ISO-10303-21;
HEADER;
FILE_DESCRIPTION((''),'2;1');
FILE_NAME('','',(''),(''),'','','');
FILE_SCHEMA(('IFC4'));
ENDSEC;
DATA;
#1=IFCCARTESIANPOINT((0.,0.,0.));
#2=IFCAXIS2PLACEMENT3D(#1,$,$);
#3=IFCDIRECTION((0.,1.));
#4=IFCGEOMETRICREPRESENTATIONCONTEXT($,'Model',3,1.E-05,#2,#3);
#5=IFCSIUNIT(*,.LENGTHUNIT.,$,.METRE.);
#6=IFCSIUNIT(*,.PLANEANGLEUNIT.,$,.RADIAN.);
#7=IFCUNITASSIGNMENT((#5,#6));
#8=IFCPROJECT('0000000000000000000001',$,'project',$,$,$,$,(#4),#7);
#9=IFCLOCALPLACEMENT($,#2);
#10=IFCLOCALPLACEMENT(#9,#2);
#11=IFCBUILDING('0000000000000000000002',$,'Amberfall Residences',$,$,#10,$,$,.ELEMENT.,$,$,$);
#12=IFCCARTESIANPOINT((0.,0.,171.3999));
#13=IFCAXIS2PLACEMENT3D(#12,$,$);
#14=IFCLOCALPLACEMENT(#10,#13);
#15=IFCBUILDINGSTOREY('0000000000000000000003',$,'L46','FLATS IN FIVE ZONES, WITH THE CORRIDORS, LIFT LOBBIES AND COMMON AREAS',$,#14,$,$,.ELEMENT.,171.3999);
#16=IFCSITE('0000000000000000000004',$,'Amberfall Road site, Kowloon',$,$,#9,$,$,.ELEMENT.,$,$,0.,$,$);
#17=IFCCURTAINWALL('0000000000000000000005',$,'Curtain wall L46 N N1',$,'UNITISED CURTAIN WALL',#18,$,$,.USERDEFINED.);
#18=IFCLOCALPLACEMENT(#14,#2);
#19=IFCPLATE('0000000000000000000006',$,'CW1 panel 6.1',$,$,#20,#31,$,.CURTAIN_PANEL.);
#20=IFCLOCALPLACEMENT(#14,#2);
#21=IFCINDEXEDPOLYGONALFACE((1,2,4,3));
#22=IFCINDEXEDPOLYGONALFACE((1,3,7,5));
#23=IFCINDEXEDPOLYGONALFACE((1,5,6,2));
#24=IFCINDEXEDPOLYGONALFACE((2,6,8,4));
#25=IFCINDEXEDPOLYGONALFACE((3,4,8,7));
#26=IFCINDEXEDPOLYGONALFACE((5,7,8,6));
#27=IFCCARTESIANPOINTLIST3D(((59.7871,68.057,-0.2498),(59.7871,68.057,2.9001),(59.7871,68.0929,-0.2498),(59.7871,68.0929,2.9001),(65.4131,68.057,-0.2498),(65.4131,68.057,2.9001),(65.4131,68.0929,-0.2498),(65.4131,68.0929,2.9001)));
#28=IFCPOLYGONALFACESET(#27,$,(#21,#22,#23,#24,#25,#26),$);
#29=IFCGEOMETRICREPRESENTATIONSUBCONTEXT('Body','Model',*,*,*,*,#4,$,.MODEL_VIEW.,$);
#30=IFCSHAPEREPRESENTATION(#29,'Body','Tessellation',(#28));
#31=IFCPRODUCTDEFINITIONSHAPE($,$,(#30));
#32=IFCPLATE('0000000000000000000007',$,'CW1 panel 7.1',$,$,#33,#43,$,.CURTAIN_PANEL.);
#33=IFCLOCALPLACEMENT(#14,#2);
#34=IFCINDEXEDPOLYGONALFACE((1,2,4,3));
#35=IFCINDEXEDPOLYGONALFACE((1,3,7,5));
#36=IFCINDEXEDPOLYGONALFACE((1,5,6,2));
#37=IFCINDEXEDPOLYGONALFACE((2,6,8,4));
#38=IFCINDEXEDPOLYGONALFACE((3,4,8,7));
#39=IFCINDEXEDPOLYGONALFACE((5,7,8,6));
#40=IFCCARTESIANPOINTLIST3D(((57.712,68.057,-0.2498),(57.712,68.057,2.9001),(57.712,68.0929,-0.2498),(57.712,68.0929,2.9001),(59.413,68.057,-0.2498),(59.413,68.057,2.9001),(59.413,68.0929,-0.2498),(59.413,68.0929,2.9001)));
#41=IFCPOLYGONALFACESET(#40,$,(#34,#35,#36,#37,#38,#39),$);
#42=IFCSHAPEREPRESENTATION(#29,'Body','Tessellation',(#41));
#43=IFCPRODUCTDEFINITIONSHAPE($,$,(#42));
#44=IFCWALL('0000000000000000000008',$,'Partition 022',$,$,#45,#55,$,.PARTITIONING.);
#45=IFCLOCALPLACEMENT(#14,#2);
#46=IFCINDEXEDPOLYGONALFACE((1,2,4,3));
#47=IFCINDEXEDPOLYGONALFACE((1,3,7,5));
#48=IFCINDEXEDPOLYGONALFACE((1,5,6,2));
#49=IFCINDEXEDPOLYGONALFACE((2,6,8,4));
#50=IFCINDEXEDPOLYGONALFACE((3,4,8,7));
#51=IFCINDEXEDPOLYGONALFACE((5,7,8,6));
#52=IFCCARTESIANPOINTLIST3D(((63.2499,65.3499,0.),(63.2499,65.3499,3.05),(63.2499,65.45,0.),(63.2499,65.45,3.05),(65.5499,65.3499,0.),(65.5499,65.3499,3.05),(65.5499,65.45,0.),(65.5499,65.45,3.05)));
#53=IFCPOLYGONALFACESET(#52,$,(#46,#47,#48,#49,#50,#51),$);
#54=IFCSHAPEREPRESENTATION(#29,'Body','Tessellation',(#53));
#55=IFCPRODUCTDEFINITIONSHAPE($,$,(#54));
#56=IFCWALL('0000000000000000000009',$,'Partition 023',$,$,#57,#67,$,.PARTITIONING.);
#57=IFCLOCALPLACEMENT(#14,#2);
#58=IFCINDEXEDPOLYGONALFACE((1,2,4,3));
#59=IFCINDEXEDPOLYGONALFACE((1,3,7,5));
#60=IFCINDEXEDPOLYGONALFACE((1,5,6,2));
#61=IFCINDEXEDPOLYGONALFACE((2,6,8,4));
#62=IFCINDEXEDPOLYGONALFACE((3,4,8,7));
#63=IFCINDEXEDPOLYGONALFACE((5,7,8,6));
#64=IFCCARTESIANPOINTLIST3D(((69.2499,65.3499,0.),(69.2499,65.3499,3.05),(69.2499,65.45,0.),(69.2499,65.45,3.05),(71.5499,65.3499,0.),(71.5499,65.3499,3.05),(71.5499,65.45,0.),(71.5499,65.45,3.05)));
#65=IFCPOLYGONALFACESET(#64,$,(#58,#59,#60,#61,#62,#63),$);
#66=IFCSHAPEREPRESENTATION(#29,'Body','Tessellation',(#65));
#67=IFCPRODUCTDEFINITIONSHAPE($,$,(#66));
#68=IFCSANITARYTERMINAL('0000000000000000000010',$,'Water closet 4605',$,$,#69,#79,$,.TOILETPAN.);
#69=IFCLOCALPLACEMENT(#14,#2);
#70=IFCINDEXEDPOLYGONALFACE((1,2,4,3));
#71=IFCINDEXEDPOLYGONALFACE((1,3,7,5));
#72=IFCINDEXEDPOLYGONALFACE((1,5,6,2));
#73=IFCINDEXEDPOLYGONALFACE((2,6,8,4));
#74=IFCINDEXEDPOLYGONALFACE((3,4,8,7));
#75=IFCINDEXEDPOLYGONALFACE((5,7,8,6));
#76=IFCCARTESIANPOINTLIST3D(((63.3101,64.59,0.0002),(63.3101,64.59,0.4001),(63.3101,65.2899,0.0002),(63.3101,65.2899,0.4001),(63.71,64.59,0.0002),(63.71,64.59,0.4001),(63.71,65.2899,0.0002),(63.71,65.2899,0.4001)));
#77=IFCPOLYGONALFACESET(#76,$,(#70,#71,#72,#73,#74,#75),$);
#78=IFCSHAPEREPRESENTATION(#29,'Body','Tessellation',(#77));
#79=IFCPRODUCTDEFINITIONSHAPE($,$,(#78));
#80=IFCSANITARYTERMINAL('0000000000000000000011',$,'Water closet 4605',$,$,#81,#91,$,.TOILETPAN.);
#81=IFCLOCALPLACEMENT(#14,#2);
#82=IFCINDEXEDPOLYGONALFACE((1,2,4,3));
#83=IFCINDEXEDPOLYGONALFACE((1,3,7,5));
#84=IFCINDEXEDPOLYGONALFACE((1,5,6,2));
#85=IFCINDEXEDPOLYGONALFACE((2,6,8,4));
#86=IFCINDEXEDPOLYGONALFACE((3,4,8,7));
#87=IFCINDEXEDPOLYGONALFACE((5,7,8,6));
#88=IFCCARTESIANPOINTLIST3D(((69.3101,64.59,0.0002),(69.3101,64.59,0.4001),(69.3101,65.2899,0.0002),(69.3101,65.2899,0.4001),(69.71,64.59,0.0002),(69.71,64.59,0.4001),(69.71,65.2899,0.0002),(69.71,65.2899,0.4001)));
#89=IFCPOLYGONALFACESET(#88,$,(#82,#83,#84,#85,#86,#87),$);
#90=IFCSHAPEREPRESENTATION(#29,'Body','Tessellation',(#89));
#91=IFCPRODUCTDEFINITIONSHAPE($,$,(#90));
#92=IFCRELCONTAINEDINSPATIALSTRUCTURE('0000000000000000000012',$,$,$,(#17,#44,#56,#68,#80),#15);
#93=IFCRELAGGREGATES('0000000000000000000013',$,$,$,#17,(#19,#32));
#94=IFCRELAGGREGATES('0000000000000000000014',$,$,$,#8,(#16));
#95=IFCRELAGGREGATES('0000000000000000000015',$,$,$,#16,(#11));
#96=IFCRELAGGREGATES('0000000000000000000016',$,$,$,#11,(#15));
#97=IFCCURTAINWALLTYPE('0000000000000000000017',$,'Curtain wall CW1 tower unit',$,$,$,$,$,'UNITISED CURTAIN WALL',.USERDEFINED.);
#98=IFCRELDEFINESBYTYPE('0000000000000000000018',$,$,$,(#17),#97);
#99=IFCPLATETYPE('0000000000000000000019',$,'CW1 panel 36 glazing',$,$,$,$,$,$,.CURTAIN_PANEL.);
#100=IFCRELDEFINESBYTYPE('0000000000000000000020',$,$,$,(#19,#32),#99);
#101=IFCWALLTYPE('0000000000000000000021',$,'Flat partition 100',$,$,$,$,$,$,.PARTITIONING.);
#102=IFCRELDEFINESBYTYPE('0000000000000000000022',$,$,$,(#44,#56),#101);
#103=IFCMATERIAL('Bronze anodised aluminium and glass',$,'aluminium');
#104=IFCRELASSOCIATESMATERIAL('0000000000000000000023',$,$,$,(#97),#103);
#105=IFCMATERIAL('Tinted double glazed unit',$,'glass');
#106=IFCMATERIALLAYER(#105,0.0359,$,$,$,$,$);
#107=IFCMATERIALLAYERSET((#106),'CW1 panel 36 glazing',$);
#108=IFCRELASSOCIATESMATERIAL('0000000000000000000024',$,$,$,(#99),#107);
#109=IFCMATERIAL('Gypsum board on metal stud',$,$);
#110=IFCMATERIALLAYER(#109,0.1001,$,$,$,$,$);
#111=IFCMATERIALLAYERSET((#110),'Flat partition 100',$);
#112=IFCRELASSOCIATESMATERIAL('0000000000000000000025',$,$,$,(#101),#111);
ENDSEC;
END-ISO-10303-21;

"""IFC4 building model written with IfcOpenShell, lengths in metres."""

from ifc_helpers import new_model, si_unit, direction, frame, frame_2d, origin, origin_2d, place, context, subcontext, project, spatial, rectangle, extrude, material, layer, layer_set, type_object, element, aggregate, save


model = new_model("IFC4")

# Units and contexts
model_context = context("Model", 3, precision=1e-05, world=origin(), true_north=direction((0.0, 1.0)))
body_context = subcontext(model_context, "Body", "Model", "MODEL_VIEW")
ifc_project = project(units=[si_unit("LENGTHUNIT", "METRE"), si_unit("PLANEANGLEUNIT", "RADIAN")], contexts=[model_context])

# Site, building, storey
site_placement = place(None, origin())
site = spatial("IfcSite", under=ifc_project, at=site_placement, Name="Amberfall Road site, Kowloon", CompositionType="ELEMENT", RefElevation=0.0)
building_placement = place(site_placement, origin())
building = spatial("IfcBuilding", under=site, at=building_placement, Name="Amberfall Residences", CompositionType="ELEMENT")
storey_placement = place(building_placement, frame((0.0, 0.0, 171.3999)))
storey = spatial("IfcBuildingStorey", under=building, at=storey_placement, Name="L46", Description="FLATS IN FIVE ZONES, WITH THE CORRIDORS, LIFT LOBBIES AND COMMON AREAS", CompositionType="ELEMENT", Elevation=171.3999)

# Curtain wall
ifc_material_1 = material(Name="Bronze anodised aluminium and glass", Category="aluminium")
curtain_wall_type = type_object("IfcCurtainWallType", Name="Curtain wall CW1 tower unit", ElementType="UNITISED CURTAIN WALL", PredefinedType="USERDEFINED", material=ifc_material_1)
curtain_wall_placement = place(storey_placement, origin())
curtain_wall = element("IfcCurtainWall", 1, at=curtain_wall_placement, inside=storey, type_object=curtain_wall_type, Name="Curtain wall L46 N N1", ObjectType="UNITISED CURTAIN WALL", PredefinedType="USERDEFINED")

# Plates
ifc_material_2 = material(Name="Tinted double glazed unit", Category="glass")
ifc_layer_1 = layer(ifc_material_2, 0.0359)
ifc_layer_set_1 = layer_set([ifc_layer_1], Name="CW1 panel 36 glazing")
plate_type = type_object("IfcPlateType", Name="CW1 panel 36 glazing", PredefinedType="CURTAIN_PANEL", material=ifc_layer_set_1)
plate_1_placement = place(storey_placement, frame((62.6001, 68.075, -0.2498), z_axis=(0.0, 0.0, 1.0), x_axis=(-1.0, 0.0, 0.0)))
plate_1 = element("IfcPlate", 2, at=plate_1_placement, type_object=plate_type, Name="CW1 panel 6.1", PredefinedType="CURTAIN_PANEL", context=body_context, shape_type="SweptSolid", body=[
    extrude(rectangle(XDim=5.626, YDim=0.0359, at=origin_2d()), origin(), (0.0, 0.0, 1.0), 3.1499),
])
plate_2_placement = place(storey_placement, frame((58.5625, 68.075, -0.2498), z_axis=(0.0, 0.0, 1.0), x_axis=(-1.0, 0.0, 0.0)))
plate_2 = element("IfcPlate", 3, at=plate_2_placement, type_object=plate_type, Name="CW1 panel 7.1", PredefinedType="CURTAIN_PANEL", context=body_context, shape_type="SweptSolid", body=[
    extrude(rectangle(XDim=1.7009, YDim=0.0359, at=origin_2d()), origin(), (0.0, 0.0, 1.0), 3.1499),
])
aggregate(curtain_wall, [plate_1, plate_2])

# Walls
ifc_material_3 = material(Name="Gypsum board on metal stud")
ifc_layer_2 = layer(ifc_material_3, 0.1001)
ifc_layer_set_2 = layer_set([ifc_layer_2], Name="Flat partition 100")
wall_type = type_object("IfcWallType", Name="Flat partition 100", PredefinedType="PARTITIONING", material=ifc_layer_set_2)
for number, where, z_axis, x_axis, name in (
    (4, (63.25, 65.3999, 0.0), (0.0, 0.0, 1.0), (1.0, 0.0, 0.0), "Partition 022"),
    (5, (69.25, 65.3999, 0.0), (0.0, 0.0, 1.0), (1.0, 0.0, 0.0), "Partition 023"),
):
    element("IfcWall", number, at=place(storey_placement, frame(where, z_axis=z_axis, x_axis=x_axis)), inside=storey, type_object=wall_type, Name=name, PredefinedType="PARTITIONING", context=body_context, shape_type="SweptSolid", body=[
        extrude(rectangle(XDim=2.3, YDim=0.1001, at=frame_2d((1.1499, 0.0))), origin(), (0.0, 0.0, 1.0), 3.05),
    ])

# Sanitary terminals
for number, where, z_axis, x_axis, name in (
    (6, (63.51, 64.9399, 0.0002), (0.0, 0.0, 1.0), (1.0, 0.0, 0.0), "Water closet 4605"),
    (7, (69.51, 64.9399, 0.0002), (0.0, 0.0, 1.0), (1.0, 0.0, 0.0), "Water closet 4605"),
):
    element("IfcSanitaryTerminal", number, at=place(storey_placement, frame(where, z_axis=z_axis, x_axis=x_axis)), inside=storey, Name=name, PredefinedType="TOILETPAN", context=body_context, shape_type="SweptSolid", body=[
        extrude(rectangle(XDim=0.3999, YDim=0.7, at=origin_2d()), origin(), (0.0, 0.0, 1.0), 0.3999),
    ])

save(model, "model.ifc")
